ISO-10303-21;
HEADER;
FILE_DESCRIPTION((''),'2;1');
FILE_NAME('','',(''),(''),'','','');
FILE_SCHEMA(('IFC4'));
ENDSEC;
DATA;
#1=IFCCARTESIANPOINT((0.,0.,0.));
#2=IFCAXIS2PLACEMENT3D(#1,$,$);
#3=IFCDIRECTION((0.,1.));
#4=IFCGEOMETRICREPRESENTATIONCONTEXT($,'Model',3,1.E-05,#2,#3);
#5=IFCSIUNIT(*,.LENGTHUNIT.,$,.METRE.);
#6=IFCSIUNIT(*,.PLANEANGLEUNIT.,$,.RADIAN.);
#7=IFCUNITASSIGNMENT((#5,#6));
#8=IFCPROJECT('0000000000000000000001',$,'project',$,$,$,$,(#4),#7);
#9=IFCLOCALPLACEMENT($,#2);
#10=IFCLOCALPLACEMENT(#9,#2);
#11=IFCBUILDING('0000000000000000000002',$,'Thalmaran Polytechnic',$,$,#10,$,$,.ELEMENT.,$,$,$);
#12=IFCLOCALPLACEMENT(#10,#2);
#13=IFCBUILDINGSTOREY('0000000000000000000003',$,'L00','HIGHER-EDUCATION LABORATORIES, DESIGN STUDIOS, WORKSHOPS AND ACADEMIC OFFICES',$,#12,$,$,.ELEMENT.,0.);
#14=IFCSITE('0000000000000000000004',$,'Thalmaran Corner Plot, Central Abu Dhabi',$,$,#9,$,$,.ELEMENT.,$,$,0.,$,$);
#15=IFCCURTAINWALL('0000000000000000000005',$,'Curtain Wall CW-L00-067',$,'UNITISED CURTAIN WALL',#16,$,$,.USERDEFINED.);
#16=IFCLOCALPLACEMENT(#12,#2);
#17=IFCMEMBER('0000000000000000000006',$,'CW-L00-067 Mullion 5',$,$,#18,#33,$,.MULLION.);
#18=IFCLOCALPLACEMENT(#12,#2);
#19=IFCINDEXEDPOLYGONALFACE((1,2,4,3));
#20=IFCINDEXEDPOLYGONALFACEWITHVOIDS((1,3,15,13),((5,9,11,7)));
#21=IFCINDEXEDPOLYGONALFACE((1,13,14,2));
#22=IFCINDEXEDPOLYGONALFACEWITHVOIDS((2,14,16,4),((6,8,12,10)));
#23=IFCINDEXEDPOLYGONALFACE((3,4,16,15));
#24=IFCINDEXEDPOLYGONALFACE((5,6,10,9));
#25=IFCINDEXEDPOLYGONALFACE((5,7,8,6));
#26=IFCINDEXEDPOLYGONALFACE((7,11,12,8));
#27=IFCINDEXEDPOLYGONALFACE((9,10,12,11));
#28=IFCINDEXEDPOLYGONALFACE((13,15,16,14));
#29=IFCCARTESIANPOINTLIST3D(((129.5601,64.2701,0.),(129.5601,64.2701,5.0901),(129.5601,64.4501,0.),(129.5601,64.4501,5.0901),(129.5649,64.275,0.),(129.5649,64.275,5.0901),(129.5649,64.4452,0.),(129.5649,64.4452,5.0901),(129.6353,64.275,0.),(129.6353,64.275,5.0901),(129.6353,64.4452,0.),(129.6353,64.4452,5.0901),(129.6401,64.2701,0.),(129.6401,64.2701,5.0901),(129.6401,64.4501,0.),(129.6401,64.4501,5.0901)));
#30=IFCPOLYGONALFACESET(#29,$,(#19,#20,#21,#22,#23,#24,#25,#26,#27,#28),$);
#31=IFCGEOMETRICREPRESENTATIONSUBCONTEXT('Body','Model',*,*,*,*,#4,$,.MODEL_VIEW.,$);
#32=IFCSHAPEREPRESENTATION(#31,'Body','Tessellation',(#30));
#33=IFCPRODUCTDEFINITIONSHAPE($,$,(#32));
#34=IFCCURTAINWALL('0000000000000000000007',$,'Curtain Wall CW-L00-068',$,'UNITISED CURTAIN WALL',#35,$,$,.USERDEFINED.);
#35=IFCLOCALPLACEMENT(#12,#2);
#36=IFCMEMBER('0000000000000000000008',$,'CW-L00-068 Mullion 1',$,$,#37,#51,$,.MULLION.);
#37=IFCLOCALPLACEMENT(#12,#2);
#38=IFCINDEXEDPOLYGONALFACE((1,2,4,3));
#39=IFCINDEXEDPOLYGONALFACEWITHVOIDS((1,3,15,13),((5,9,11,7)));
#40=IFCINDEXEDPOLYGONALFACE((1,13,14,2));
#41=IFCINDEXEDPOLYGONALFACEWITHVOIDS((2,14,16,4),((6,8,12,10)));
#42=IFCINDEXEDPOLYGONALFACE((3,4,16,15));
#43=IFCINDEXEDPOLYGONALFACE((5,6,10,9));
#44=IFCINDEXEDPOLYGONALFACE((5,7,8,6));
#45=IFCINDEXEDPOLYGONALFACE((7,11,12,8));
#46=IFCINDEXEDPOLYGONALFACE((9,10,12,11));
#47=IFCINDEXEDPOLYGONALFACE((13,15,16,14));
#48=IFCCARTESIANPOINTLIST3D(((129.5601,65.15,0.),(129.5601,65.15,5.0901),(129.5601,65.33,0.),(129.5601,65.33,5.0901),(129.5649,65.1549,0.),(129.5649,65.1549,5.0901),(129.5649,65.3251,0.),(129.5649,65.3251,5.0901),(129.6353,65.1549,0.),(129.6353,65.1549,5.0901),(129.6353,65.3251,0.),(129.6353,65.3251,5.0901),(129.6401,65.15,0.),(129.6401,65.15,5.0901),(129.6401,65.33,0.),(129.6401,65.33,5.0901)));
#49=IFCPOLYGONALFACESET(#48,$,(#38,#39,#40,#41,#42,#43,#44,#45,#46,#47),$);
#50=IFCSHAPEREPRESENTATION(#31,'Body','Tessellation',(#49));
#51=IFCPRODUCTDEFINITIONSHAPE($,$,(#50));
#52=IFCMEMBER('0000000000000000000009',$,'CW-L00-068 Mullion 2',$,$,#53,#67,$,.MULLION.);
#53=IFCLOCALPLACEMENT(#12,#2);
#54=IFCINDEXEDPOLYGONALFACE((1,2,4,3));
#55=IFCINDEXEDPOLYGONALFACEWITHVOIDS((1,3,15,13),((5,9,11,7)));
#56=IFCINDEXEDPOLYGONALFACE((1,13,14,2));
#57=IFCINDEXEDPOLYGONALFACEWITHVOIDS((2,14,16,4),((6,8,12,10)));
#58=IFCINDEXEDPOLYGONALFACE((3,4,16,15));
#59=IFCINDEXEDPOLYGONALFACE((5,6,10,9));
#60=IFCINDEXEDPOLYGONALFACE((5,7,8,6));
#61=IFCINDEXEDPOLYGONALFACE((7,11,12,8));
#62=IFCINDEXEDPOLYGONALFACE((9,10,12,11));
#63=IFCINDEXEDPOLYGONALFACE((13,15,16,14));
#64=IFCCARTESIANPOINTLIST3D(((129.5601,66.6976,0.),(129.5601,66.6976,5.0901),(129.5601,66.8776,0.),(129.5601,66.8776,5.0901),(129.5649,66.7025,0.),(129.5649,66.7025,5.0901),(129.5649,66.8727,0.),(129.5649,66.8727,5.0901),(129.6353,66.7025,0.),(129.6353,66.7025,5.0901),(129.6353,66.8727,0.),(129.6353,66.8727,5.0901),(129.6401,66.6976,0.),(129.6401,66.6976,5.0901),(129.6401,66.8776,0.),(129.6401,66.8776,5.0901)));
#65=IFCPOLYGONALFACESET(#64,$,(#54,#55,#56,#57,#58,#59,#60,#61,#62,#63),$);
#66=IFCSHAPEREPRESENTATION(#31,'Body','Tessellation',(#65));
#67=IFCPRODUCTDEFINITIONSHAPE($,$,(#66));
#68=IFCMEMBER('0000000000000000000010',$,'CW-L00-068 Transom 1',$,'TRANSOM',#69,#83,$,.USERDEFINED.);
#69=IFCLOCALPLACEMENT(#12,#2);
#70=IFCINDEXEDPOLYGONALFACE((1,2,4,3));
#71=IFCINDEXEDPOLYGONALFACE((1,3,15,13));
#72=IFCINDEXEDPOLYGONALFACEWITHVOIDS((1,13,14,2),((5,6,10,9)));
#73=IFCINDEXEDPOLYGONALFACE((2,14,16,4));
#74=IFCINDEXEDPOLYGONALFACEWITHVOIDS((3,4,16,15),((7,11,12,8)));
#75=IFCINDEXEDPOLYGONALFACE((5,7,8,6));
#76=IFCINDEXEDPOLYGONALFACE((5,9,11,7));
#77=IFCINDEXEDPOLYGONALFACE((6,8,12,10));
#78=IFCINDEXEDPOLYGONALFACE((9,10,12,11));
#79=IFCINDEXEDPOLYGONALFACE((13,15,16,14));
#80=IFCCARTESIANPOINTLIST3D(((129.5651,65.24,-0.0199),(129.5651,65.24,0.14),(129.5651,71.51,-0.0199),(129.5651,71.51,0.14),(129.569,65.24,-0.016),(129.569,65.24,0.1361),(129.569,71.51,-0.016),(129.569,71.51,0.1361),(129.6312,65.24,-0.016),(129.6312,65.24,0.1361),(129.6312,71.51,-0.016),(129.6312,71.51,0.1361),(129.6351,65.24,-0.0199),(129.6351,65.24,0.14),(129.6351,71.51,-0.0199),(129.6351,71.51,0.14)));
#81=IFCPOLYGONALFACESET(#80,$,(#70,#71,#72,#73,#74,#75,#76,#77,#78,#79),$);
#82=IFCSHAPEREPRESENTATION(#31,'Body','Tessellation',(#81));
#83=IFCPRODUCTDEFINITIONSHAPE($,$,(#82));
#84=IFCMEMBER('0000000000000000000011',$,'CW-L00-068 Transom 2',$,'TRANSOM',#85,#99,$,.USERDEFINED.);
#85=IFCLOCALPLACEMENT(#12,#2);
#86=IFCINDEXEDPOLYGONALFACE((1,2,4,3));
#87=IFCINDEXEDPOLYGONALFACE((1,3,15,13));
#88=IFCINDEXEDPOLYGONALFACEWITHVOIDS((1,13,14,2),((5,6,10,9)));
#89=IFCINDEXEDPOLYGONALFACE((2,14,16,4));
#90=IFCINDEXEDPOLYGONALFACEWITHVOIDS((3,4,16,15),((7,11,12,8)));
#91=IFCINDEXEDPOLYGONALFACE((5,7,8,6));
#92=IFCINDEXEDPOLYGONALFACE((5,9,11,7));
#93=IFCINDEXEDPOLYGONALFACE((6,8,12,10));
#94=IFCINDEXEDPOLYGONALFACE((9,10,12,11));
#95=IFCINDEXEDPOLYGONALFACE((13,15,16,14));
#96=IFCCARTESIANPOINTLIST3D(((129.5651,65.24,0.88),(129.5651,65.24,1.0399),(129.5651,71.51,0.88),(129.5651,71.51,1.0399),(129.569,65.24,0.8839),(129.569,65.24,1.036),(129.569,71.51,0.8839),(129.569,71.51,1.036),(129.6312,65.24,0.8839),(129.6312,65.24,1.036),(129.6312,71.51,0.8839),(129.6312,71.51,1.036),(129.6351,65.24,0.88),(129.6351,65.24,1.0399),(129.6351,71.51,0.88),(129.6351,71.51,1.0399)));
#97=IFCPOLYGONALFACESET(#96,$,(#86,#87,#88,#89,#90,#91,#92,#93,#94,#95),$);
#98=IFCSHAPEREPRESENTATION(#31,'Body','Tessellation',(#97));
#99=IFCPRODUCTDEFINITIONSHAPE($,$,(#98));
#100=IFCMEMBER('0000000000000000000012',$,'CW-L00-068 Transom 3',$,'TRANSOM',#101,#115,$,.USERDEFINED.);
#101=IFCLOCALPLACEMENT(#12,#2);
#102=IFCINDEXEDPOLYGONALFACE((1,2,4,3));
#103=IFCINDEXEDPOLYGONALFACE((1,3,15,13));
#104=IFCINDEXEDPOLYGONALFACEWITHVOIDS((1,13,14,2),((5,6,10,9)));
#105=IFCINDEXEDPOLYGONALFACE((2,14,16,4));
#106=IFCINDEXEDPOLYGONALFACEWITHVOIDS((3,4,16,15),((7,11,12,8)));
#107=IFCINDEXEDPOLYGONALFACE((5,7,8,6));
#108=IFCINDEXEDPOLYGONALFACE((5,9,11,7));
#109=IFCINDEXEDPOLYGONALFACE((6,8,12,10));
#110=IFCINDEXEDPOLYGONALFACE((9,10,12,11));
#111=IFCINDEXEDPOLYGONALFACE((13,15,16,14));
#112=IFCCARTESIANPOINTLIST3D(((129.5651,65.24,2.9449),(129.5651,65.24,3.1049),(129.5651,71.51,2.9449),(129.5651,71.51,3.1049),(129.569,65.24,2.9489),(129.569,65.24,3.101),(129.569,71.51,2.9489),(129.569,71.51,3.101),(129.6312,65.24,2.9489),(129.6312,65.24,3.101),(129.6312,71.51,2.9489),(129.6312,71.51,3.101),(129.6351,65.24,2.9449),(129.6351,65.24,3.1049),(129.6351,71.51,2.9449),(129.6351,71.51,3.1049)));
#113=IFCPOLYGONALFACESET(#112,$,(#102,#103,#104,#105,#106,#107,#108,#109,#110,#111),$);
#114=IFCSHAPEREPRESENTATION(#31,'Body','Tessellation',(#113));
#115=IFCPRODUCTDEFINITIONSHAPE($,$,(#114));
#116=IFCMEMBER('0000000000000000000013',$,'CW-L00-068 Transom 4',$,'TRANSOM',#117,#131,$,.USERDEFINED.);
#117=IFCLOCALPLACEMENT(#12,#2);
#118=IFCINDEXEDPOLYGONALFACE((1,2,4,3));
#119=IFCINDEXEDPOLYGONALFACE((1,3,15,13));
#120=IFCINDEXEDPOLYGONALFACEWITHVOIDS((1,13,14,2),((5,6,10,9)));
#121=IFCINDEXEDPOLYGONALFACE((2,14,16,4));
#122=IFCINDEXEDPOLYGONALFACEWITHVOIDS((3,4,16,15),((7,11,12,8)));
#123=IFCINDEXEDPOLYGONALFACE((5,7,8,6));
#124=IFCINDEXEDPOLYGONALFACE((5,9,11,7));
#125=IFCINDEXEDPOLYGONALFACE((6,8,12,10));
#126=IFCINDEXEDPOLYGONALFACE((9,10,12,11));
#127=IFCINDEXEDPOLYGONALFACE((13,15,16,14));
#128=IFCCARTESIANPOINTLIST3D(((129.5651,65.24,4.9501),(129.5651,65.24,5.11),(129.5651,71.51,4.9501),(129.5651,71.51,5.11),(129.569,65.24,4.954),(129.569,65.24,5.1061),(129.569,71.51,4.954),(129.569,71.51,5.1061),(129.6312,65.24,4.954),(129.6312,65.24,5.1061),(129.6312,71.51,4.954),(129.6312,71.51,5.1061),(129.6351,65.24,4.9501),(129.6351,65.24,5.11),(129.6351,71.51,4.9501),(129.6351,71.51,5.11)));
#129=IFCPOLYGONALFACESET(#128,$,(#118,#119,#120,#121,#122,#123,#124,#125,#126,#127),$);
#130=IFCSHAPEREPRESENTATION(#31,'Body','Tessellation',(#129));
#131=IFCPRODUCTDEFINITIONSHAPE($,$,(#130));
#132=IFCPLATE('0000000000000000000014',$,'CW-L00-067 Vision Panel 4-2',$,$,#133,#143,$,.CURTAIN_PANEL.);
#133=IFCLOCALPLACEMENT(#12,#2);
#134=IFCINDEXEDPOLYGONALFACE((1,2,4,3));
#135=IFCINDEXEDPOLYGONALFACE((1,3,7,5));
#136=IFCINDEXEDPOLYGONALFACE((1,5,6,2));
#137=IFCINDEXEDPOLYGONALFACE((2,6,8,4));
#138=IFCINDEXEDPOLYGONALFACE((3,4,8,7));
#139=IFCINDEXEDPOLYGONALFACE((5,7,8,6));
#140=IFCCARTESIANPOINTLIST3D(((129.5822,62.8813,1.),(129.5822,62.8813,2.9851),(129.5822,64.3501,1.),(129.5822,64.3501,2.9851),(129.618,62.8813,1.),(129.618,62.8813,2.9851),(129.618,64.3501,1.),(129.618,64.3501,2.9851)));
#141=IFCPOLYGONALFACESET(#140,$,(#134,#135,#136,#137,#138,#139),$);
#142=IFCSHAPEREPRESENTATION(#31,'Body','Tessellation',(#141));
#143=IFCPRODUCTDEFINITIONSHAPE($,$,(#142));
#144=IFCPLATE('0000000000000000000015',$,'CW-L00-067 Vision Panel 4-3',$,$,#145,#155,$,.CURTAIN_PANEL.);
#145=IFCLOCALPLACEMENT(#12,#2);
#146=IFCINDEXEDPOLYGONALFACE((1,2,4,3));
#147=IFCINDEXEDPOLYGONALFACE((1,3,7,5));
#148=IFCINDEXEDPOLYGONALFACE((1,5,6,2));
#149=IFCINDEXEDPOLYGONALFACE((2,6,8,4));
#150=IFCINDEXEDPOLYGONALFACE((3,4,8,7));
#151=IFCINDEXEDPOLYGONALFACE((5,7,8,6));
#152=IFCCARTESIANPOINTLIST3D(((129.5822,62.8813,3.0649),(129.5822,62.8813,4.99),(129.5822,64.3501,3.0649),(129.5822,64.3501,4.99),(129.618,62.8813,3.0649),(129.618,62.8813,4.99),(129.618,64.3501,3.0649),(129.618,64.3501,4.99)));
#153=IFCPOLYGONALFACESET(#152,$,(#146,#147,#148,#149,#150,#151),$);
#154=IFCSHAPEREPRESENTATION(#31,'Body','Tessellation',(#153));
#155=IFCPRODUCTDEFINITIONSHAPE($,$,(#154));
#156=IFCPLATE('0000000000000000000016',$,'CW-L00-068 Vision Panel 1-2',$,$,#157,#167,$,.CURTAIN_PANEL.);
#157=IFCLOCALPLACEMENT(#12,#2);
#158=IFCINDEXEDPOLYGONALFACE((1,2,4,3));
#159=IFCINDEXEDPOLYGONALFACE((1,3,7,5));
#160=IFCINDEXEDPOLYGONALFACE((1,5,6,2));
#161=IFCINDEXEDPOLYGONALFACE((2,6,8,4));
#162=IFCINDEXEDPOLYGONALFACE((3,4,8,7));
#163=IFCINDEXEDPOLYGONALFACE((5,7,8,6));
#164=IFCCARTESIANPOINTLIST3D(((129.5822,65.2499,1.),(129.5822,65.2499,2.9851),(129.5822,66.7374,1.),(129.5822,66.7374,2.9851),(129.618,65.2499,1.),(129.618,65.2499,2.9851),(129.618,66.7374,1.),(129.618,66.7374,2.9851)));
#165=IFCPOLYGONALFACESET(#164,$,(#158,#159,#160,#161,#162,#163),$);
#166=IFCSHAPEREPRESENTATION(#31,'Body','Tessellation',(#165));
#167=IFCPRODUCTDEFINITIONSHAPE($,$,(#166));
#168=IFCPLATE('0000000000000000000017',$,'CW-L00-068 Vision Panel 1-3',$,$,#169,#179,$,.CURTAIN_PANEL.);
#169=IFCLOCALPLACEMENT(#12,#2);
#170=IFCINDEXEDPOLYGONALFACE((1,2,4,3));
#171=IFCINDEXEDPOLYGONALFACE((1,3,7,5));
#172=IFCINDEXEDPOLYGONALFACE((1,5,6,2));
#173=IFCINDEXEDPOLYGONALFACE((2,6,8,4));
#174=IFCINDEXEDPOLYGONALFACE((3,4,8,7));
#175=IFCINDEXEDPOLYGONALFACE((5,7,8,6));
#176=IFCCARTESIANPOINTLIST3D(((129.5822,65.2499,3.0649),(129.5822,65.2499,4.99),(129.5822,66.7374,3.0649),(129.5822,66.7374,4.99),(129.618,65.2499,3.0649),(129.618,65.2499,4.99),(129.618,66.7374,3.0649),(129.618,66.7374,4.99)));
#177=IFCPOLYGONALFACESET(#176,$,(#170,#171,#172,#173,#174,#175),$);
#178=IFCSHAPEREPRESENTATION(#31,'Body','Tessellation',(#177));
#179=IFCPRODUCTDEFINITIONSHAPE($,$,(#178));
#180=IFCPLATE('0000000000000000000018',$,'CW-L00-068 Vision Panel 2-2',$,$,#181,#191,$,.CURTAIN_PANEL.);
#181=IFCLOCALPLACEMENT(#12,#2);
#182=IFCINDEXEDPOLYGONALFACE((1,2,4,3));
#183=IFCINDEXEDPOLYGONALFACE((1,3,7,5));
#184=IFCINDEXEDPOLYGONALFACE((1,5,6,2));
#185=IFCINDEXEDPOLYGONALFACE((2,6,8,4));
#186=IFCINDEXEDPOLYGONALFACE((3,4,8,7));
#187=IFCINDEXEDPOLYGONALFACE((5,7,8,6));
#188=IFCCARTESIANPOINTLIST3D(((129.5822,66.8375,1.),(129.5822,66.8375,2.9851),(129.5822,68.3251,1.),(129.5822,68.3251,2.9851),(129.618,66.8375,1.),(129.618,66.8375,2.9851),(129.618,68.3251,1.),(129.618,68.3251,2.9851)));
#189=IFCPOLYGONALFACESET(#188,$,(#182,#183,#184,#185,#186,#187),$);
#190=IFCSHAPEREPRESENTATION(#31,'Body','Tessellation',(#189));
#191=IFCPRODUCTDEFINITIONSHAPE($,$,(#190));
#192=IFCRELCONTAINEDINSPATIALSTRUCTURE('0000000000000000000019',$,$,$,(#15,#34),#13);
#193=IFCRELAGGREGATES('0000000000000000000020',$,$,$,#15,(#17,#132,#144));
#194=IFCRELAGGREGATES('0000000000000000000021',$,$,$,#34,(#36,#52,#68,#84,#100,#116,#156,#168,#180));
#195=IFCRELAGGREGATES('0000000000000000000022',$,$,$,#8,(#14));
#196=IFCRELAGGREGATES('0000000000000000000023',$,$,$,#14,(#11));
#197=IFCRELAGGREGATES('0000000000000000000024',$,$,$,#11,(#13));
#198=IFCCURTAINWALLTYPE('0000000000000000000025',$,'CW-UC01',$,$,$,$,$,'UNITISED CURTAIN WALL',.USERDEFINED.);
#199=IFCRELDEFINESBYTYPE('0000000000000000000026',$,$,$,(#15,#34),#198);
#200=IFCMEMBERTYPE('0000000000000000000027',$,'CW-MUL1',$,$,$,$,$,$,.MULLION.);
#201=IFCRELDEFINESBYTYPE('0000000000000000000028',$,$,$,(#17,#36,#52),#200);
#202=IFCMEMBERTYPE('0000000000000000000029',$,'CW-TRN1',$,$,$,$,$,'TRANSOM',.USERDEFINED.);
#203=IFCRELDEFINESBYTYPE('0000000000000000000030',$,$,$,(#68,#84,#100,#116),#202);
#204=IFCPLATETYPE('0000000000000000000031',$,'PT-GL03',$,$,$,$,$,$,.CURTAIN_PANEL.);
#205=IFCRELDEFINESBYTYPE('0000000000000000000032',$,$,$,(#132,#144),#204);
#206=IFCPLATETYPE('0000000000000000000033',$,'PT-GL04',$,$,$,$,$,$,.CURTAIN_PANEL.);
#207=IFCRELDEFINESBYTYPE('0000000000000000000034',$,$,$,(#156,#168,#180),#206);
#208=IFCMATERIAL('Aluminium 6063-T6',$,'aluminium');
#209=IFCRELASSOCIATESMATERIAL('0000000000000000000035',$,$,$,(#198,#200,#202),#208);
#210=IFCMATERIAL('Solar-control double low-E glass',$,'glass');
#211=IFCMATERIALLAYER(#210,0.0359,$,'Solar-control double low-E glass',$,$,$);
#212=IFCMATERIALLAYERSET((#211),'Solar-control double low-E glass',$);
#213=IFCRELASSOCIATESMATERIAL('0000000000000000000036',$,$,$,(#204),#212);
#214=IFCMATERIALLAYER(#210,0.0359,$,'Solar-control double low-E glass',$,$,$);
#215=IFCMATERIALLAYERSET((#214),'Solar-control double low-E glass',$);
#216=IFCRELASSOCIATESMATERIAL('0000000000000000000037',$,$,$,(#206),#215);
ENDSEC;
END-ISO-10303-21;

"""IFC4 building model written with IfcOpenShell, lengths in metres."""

from ifc_helpers import new_model, si_unit, direction, frame, origin, origin_2d, place, context, subcontext, project, spatial, rectangle, hollow_rectangle, extrude, material, layer, layer_set, material_profile, profile_set, type_object, element, aggregate, save


model = new_model("IFC4")

# Units and contexts
model_context = context("Model", 3, precision=1e-05, world=origin(), true_north=direction((0.0, 1.0)))
body_context = subcontext(model_context, "Body", "Model", "MODEL_VIEW")
ifc_project = project(units=[si_unit("LENGTHUNIT", "METRE"), si_unit("PLANEANGLEUNIT", "RADIAN")], contexts=[model_context])

# Site, building, storey
site_placement = place(None, origin())
site = spatial("IfcSite", under=ifc_project, at=site_placement, Name="Thalmaran Corner Plot, Central Abu Dhabi", CompositionType="ELEMENT", RefElevation=0.0)
building_placement = place(site_placement, origin())
building = spatial("IfcBuilding", under=site, at=building_placement, Name="Thalmaran Polytechnic", CompositionType="ELEMENT")
storey_placement = place(building_placement, origin())
storey = spatial("IfcBuildingStorey", under=building, at=storey_placement, Name="L00", Description="HIGHER-EDUCATION LABORATORIES, DESIGN STUDIOS, WORKSHOPS AND ACADEMIC OFFICES", CompositionType="ELEMENT", Elevation=0.0)

# Curtain wall, member
ifc_material_1 = material(Name="Aluminium 6063-T6", Category="aluminium")
curtain_wall_type = type_object("IfcCurtainWallType", Name="CW-UC01", ElementType="UNITISED CURTAIN WALL", PredefinedType="USERDEFINED", material=ifc_material_1)
curtain_wall_1_placement = place(storey_placement, origin())
curtain_wall_1 = element("IfcCurtainWall", 1, at=curtain_wall_1_placement, inside=storey, type_object=curtain_wall_type, Name="Curtain Wall CW-L00-067", ObjectType="UNITISED CURTAIN WALL", PredefinedType="USERDEFINED")
ifc_material_profile_1 = material_profile(ifc_material_1, hollow_rectangle(XDim=0.0801, YDim=0.1799, WallThickness=0.0049, at=origin_2d()), Name="RHS 180x80x5.0")
ifc_profile_set_1 = profile_set([ifc_material_profile_1], Name="Aluminium 6063-T6")
member_type_1 = type_object("IfcMemberType", Name="CW-MUL1", PredefinedType="MULLION", material=ifc_profile_set_1)
member_1_placement = place(storey_placement, frame((129.6001, 64.3601, 0.0), z_axis=(0.0, 0.0, 1.0), x_axis=(1.0, 0.0, 0.0)))
member_1 = element("IfcMember", 2, at=member_1_placement, type_object=member_type_1, Name="CW-L00-067 Mullion 5", PredefinedType="MULLION", context=body_context, shape_type="SweptSolid", body=[
    extrude(hollow_rectangle(XDim=0.0801, YDim=0.1799, WallThickness=0.0049, at=origin_2d()), origin(), (0.0, 0.0, 1.0), 5.0901),
])

# Curtain wall, members
curtain_wall_2_placement = place(storey_placement, origin())
curtain_wall_2 = element("IfcCurtainWall", 3, at=curtain_wall_2_placement, inside=storey, type_object=curtain_wall_type, Name="Curtain Wall CW-L00-068", ObjectType="UNITISED CURTAIN WALL", PredefinedType="USERDEFINED")
member_2_placement = place(storey_placement, frame((129.6001, 65.24, 0.0), z_axis=(0.0, 0.0, 1.0), x_axis=(1.0, 0.0, 0.0)))
member_2 = element("IfcMember", 4, at=member_2_placement, type_object=member_type_1, Name="CW-L00-068 Mullion 1", PredefinedType="MULLION", context=body_context, shape_type="SweptSolid", body=[
    extrude(hollow_rectangle(XDim=0.0801, YDim=0.1799, WallThickness=0.0049, at=origin_2d()), origin(), (0.0, 0.0, 1.0), 5.0901),
])
member_3_placement = place(storey_placement, frame((129.6001, 66.7876, 0.0), z_axis=(0.0, 0.0, 1.0), x_axis=(1.0, 0.0, 0.0)))
member_3 = element("IfcMember", 5, at=member_3_placement, type_object=member_type_1, Name="CW-L00-068 Mullion 2", PredefinedType="MULLION", context=body_context, shape_type="SweptSolid", body=[
    extrude(hollow_rectangle(XDim=0.0801, YDim=0.1799, WallThickness=0.0049, at=origin_2d()), origin(), (0.0, 0.0, 1.0), 5.0901),
])
ifc_material_profile_2 = material_profile(ifc_material_1, hollow_rectangle(XDim=0.0701, YDim=0.1599, WallThickness=0.0039, at=origin_2d()), Name="AL 160x70x4.0")
ifc_profile_set_2 = profile_set([ifc_material_profile_2], Name="Aluminium 6063-T6")
member_type_2 = type_object("IfcMemberType", Name="CW-TRN1", ElementType="TRANSOM", PredefinedType="USERDEFINED", material=ifc_profile_set_2)
member_4_placement = place(storey_placement, frame((129.6001, 65.24, 0.0601), z_axis=(0.0, 1.0, 0.0), x_axis=(-1.0, 0.0, 0.0)))
member_4 = element("IfcMember", 6, at=member_4_placement, type_object=member_type_2, Name="CW-L00-068 Transom 1", ObjectType="TRANSOM", PredefinedType="USERDEFINED", context=body_context, shape_type="SweptSolid", body=[
    extrude(hollow_rectangle(XDim=0.0701, YDim=0.1599, WallThickness=0.0039, at=origin_2d()), origin(), (0.0, 0.0, 1.0), 6.27),
])
member_5_placement = place(storey_placement, frame((129.6001, 65.24, 0.96), z_axis=(0.0, 1.0, 0.0), x_axis=(-1.0, 0.0, 0.0)))
member_5 = element("IfcMember", 7, at=member_5_placement, type_object=member_type_2, Name="CW-L00-068 Transom 2", ObjectType="TRANSOM", PredefinedType="USERDEFINED", context=body_context, shape_type="SweptSolid", body=[
    extrude(hollow_rectangle(XDim=0.0701, YDim=0.1599, WallThickness=0.0039, at=origin_2d()), origin(), (0.0, 0.0, 1.0), 6.27),
])
member_6_placement = place(storey_placement, frame((129.6001, 65.24, 3.0249), z_axis=(0.0, 1.0, 0.0), x_axis=(-1.0, 0.0, 0.0)))
member_6 = element("IfcMember", 8, at=member_6_placement, type_object=member_type_2, Name="CW-L00-068 Transom 3", ObjectType="TRANSOM", PredefinedType="USERDEFINED", context=body_context, shape_type="SweptSolid", body=[
    extrude(hollow_rectangle(XDim=0.0701, YDim=0.1599, WallThickness=0.0039, at=origin_2d()), origin(), (0.0, 0.0, 1.0), 6.27),
])
member_7_placement = place(storey_placement, frame((129.6001, 65.24, 5.03), z_axis=(0.0, 1.0, 0.0), x_axis=(-1.0, 0.0, 0.0)))
member_7 = element("IfcMember", 9, at=member_7_placement, type_object=member_type_2, Name="CW-L00-068 Transom 4", ObjectType="TRANSOM", PredefinedType="USERDEFINED", context=body_context, shape_type="SweptSolid", body=[
    extrude(hollow_rectangle(XDim=0.0701, YDim=0.1599, WallThickness=0.0039, at=origin_2d()), origin(), (0.0, 0.0, 1.0), 6.27),
])

# Plates
ifc_material_2 = material(Name="Solar-control double low-E glass", Category="glass")
ifc_layer_1 = layer(ifc_material_2, 0.0359, Name="Solar-control double low-E glass")
ifc_layer_set_1 = layer_set([ifc_layer_1], Name="Solar-control double low-E glass")
plate_type_1 = type_object("IfcPlateType", Name="PT-GL03", PredefinedType="CURTAIN_PANEL", material=ifc_layer_set_1)
plate_1_placement = place(storey_placement, frame((129.6001, 63.6157, 1.0), z_axis=(0.0, 0.0, 1.0), x_axis=(0.0, 1.0, 0.0)))
plate_1 = element("IfcPlate", 10, at=plate_1_placement, type_object=plate_type_1, Name="CW-L00-067 Vision Panel 4-2", PredefinedType="CURTAIN_PANEL", context=body_context, shape_type="SweptSolid", body=[
    extrude(rectangle(XDim=1.4688, YDim=0.0359, at=origin_2d()), origin(), (0.0, 0.0, 1.0), 1.9851),
])
plate_2_placement = place(storey_placement, frame((129.6001, 63.6157, 3.0649), z_axis=(0.0, 0.0, 1.0), x_axis=(0.0, 1.0, 0.0)))
plate_2 = element("IfcPlate", 11, at=plate_2_placement, type_object=plate_type_1, Name="CW-L00-067 Vision Panel 4-3", PredefinedType="CURTAIN_PANEL", context=body_context, shape_type="SweptSolid", body=[
    extrude(rectangle(XDim=1.4688, YDim=0.0359, at=origin_2d()), origin(), (0.0, 0.0, 1.0), 1.925),
])
ifc_layer_2 = layer(ifc_material_2, 0.0359, Name="Solar-control double low-E glass")
ifc_layer_set_2 = layer_set([ifc_layer_2], Name="Solar-control double low-E glass")
plate_type_2 = type_object("IfcPlateType", Name="PT-GL04", PredefinedType="CURTAIN_PANEL", material=ifc_layer_set_2)
plate_3_placement = place(storey_placement, frame((129.6001, 65.9937, 1.0), z_axis=(0.0, 0.0, 1.0), x_axis=(0.0, 1.0, 0.0)))
plate_3 = element("IfcPlate", 12, at=plate_3_placement, type_object=plate_type_2, Name="CW-L00-068 Vision Panel 1-2", PredefinedType="CURTAIN_PANEL", context=body_context, shape_type="SweptSolid", body=[
    extrude(rectangle(XDim=1.4875, YDim=0.0359, at=origin_2d()), origin(), (0.0, 0.0, 1.0), 1.9851),
])
plate_4_placement = place(storey_placement, frame((129.6001, 65.9937, 3.0649), z_axis=(0.0, 0.0, 1.0), x_axis=(0.0, 1.0, 0.0)))
plate_4 = element("IfcPlate", 13, at=plate_4_placement, type_object=plate_type_2, Name="CW-L00-068 Vision Panel 1-3", PredefinedType="CURTAIN_PANEL", context=body_context, shape_type="SweptSolid", body=[
    extrude(rectangle(XDim=1.4875, YDim=0.0359, at=origin_2d()), origin(), (0.0, 0.0, 1.0), 1.925),
])
plate_5_placement = place(storey_placement, frame((129.6001, 67.5813, 1.0), z_axis=(0.0, 0.0, 1.0), x_axis=(0.0, 1.0, 0.0)))
plate_5 = element("IfcPlate", 14, at=plate_5_placement, type_object=plate_type_2, Name="CW-L00-068 Vision Panel 2-2", PredefinedType="CURTAIN_PANEL", context=body_context, shape_type="SweptSolid", body=[
    extrude(rectangle(XDim=1.4875, YDim=0.0359, at=origin_2d()), origin(), (0.0, 0.0, 1.0), 1.9851),
])
aggregate(curtain_wall_1, [member_1, plate_1, plate_2])
aggregate(curtain_wall_2, [member_2, member_3, member_4, member_5, member_6, member_7, plate_3, plate_4, plate_5])

save(model, "model.ifc")
